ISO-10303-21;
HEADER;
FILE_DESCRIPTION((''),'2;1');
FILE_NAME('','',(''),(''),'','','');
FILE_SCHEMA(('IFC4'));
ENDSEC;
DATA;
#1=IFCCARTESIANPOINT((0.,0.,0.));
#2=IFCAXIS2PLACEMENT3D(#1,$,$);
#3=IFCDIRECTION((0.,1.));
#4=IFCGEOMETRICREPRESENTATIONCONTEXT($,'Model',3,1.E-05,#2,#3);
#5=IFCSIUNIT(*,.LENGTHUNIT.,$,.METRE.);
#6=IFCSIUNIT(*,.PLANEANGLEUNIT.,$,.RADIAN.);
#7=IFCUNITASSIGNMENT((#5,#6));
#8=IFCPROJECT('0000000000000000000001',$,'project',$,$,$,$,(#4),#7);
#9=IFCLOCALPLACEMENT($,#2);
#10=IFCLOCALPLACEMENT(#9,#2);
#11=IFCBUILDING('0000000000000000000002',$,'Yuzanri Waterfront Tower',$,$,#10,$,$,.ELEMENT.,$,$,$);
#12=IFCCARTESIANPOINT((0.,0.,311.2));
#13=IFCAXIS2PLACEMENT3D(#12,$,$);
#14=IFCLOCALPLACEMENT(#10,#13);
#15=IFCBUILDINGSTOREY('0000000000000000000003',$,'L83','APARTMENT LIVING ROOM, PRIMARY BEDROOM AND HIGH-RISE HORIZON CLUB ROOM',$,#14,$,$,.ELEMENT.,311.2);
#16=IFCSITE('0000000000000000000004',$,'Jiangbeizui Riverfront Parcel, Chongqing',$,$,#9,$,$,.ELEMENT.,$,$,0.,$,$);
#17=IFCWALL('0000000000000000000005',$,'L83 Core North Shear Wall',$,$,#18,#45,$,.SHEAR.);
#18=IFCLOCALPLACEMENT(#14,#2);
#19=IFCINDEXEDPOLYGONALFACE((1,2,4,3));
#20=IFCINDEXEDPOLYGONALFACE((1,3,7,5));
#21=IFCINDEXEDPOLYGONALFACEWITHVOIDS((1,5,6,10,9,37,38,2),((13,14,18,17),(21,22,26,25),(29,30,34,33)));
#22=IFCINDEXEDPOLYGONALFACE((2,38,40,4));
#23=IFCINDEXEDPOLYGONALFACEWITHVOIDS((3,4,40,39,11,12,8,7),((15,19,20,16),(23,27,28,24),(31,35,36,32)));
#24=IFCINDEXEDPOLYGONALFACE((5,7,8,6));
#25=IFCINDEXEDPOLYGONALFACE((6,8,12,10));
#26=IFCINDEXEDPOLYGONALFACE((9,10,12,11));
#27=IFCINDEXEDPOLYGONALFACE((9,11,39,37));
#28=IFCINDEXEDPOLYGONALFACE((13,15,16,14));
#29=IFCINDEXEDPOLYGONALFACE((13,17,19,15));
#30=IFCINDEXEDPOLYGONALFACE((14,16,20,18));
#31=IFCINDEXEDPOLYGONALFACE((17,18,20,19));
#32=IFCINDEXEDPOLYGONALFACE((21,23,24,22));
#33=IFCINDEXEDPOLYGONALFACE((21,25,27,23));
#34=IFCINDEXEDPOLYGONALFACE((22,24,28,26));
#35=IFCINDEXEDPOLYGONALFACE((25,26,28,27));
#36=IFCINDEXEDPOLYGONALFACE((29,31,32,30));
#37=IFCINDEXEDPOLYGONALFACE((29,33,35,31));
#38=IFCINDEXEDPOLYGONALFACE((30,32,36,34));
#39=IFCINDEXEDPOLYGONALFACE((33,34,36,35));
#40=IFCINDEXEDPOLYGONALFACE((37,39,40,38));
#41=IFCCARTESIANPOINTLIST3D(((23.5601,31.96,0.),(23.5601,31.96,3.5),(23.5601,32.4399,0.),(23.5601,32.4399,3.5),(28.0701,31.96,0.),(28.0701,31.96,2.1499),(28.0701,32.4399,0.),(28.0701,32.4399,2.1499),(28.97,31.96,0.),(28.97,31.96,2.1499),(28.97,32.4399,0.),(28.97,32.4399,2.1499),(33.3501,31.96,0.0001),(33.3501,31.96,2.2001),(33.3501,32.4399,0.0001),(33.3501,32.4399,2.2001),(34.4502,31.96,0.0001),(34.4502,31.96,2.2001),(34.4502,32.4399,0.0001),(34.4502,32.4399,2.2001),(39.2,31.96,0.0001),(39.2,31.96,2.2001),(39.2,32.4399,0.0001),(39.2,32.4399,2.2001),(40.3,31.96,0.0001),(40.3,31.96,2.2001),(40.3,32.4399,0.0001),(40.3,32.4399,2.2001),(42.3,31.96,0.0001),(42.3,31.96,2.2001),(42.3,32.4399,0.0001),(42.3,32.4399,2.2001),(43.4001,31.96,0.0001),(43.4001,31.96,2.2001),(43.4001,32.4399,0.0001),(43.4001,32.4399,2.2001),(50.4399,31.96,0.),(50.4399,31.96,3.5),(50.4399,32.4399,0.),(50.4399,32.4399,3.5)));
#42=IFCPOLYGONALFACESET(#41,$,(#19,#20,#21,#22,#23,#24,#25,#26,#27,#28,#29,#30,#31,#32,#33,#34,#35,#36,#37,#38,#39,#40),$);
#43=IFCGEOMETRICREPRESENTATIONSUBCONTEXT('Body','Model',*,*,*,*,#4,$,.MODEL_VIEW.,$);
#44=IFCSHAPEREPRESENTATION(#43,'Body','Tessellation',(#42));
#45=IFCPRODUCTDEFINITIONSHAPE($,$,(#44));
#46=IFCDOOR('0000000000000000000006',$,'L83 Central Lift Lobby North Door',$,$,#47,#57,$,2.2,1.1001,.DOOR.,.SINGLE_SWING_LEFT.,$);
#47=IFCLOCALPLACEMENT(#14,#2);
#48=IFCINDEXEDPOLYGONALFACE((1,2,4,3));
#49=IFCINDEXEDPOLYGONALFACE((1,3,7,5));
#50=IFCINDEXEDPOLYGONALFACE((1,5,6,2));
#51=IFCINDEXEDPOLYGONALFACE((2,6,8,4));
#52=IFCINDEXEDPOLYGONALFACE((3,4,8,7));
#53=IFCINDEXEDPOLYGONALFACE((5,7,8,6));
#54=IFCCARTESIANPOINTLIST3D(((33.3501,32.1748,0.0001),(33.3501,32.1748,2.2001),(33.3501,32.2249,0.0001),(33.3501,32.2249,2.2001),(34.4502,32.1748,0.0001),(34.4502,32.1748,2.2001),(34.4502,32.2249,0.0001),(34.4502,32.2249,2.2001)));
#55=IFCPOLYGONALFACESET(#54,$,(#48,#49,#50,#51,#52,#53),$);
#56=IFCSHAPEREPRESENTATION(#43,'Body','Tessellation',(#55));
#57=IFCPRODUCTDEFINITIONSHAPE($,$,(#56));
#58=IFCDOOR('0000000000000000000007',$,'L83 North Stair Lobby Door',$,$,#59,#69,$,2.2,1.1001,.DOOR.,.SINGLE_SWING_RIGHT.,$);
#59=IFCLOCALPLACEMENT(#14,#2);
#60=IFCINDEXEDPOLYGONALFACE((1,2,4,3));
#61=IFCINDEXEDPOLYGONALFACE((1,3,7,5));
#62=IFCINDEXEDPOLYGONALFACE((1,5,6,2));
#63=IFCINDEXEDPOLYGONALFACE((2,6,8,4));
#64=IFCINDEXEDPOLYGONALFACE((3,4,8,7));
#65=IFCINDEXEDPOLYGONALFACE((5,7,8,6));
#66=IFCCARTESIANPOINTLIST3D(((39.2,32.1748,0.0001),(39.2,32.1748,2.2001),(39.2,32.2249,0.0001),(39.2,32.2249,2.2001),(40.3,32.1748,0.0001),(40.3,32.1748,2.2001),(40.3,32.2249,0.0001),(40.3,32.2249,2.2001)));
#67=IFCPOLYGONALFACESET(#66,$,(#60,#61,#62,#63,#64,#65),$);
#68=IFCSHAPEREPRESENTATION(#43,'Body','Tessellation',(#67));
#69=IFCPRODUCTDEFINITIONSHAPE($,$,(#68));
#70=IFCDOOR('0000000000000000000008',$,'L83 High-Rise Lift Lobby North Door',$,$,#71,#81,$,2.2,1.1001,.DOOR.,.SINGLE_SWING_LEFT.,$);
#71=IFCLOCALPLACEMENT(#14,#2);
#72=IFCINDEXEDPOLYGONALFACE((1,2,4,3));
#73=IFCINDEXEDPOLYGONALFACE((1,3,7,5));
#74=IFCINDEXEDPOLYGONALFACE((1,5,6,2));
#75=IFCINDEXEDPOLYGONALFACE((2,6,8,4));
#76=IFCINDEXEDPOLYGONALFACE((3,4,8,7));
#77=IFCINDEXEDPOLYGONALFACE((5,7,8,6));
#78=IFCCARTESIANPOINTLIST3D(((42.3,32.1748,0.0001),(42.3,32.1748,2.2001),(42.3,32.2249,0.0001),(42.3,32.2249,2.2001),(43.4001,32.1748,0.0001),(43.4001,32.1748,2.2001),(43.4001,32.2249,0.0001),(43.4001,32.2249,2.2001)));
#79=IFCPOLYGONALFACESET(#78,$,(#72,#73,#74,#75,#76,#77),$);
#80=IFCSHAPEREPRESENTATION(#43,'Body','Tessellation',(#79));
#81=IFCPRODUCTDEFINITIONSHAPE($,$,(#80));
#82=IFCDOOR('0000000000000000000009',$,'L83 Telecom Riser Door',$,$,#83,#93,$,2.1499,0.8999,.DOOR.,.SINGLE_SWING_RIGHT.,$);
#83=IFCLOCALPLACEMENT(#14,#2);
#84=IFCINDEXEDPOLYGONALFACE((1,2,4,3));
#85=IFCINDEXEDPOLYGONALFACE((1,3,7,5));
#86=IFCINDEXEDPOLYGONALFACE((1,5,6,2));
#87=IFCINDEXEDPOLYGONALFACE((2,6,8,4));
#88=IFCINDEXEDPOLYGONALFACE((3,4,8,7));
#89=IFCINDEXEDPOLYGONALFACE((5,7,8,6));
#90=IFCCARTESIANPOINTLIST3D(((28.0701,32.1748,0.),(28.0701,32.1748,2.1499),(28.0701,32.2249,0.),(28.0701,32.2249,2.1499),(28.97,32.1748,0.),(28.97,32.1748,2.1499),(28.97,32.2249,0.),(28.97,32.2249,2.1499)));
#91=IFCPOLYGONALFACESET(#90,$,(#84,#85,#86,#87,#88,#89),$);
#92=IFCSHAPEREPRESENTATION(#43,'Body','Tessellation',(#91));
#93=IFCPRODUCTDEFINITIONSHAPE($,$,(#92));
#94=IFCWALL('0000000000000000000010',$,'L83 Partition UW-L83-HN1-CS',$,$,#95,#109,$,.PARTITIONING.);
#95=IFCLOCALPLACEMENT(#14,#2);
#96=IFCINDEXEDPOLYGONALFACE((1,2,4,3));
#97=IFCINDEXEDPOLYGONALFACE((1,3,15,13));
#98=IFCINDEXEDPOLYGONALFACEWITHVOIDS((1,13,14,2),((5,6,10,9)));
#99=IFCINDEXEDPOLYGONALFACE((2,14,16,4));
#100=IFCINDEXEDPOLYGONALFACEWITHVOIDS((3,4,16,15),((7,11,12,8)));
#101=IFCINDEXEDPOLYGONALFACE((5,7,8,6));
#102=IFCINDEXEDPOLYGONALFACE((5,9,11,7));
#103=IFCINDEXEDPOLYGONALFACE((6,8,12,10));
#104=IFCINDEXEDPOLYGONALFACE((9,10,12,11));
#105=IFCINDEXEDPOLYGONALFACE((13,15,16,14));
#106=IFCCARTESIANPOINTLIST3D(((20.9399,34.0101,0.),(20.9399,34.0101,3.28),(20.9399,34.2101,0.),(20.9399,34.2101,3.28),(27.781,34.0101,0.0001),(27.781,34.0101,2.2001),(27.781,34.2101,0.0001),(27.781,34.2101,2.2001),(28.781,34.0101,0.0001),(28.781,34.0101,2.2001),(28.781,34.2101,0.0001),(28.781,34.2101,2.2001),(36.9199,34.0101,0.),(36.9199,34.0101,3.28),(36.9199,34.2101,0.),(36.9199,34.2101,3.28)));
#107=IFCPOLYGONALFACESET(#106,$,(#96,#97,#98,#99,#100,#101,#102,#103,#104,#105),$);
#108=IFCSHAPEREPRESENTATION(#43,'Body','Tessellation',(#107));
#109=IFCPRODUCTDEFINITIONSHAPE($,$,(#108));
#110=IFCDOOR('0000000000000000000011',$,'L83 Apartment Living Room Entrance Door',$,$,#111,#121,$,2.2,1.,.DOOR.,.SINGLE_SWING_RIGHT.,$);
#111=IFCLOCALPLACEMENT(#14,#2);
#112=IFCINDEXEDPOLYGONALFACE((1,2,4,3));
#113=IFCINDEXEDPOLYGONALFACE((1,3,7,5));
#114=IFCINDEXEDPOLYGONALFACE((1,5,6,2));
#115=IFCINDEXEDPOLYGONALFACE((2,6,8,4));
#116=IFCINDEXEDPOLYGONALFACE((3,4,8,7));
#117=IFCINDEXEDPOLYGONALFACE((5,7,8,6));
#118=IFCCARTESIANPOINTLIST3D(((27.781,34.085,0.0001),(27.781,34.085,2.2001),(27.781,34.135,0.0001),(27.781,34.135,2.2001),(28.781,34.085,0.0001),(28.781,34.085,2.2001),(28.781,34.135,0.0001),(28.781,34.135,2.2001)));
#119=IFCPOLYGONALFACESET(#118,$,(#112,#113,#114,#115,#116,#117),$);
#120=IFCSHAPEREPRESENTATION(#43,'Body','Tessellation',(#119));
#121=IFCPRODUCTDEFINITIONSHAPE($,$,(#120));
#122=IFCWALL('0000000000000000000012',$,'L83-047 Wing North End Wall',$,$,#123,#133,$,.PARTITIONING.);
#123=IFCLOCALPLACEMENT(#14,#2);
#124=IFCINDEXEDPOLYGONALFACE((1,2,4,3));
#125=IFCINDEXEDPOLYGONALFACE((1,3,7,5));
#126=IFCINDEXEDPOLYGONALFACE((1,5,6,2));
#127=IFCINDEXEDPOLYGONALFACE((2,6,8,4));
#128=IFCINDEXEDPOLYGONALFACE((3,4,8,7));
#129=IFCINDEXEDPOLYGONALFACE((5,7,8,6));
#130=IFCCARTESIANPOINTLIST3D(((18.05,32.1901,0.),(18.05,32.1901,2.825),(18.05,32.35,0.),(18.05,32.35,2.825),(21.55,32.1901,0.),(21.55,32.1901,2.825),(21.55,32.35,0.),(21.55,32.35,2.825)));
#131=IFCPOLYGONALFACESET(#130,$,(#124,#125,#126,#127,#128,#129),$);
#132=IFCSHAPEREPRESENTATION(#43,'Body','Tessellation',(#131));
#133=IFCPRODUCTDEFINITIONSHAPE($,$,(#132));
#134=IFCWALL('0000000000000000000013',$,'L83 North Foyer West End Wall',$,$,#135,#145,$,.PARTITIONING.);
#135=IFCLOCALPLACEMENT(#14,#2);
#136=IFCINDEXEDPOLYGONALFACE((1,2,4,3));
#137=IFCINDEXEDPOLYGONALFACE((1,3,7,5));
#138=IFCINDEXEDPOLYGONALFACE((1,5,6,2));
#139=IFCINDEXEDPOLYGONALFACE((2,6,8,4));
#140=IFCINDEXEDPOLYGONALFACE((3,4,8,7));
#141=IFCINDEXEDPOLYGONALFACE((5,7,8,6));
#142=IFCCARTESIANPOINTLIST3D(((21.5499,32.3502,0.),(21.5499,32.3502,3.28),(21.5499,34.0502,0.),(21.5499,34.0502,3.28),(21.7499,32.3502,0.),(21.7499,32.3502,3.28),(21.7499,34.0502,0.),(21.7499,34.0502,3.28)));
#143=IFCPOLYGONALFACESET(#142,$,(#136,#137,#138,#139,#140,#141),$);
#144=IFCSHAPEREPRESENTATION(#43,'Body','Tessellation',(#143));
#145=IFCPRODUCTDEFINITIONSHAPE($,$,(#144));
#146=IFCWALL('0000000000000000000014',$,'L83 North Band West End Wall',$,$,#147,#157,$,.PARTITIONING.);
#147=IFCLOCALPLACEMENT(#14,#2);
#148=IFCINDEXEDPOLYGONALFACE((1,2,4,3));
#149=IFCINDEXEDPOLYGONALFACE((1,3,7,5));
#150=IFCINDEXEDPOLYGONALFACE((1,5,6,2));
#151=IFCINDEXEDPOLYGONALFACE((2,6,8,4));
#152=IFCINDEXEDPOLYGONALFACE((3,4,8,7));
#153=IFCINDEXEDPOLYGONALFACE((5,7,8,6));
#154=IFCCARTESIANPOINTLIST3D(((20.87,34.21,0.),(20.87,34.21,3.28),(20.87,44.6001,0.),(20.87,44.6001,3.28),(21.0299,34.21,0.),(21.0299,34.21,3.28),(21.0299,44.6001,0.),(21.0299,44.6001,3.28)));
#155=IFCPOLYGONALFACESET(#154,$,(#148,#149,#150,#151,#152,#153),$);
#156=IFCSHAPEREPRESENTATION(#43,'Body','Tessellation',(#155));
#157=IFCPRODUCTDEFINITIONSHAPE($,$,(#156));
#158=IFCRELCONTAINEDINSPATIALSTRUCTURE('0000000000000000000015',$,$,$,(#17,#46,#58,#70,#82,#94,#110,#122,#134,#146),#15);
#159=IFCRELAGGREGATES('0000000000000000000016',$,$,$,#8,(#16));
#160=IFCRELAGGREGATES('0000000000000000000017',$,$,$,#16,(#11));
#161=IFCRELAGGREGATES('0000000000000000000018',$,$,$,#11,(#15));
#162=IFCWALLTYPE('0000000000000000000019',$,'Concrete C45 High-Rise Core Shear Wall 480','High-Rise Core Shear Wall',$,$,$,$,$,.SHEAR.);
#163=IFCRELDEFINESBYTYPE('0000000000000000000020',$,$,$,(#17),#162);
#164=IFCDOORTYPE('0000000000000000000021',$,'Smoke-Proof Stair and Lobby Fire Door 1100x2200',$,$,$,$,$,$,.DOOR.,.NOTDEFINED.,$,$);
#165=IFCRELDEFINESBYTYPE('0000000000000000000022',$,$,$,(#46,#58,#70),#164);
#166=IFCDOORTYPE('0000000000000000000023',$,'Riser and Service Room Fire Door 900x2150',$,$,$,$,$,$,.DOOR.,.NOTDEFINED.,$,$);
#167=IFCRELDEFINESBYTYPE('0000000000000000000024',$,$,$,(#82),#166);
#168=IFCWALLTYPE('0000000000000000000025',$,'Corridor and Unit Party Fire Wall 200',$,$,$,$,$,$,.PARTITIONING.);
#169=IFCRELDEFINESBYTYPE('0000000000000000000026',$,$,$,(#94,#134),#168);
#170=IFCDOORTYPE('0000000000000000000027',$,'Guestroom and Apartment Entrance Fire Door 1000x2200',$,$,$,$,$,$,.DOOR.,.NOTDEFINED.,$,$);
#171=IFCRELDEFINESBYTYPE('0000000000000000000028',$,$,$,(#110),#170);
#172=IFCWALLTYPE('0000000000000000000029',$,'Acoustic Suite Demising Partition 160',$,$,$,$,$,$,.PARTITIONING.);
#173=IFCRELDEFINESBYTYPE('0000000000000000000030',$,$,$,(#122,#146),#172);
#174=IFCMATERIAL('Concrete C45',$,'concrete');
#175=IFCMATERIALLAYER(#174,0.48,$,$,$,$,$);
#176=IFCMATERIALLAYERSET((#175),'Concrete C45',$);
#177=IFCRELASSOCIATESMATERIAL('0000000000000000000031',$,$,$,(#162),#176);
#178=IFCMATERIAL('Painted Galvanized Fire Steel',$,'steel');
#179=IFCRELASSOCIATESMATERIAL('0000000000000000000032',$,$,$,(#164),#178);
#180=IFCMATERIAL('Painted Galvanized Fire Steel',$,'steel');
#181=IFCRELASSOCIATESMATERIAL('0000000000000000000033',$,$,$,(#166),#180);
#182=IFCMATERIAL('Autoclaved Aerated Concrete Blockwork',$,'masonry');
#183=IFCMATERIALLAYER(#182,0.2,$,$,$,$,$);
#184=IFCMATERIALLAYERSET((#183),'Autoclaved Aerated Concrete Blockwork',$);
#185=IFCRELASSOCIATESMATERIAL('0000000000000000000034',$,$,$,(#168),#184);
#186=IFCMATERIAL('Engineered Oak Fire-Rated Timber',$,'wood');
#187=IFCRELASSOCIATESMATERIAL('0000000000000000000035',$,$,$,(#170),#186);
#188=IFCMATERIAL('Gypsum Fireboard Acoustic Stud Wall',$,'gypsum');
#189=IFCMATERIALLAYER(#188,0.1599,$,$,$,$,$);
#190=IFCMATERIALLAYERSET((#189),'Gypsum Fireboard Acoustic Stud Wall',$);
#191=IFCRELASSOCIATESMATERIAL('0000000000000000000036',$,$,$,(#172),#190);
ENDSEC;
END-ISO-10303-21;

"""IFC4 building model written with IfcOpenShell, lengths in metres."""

from ifc_helpers import new_model, si_unit, direction, frame, frame_2d, origin, place, context, subcontext, project, spatial, rectangle, extrude, source, transform, mapped, material, layer, layer_set, type_object, element, fill, save


model = new_model("IFC4")

# Units and contexts
model_context = context("Model", 3, precision=1e-05, world=origin(), true_north=direction((0.0, 1.0)))
body_context = subcontext(model_context, "Body", "Model", "MODEL_VIEW")
ifc_project = project(units=[si_unit("LENGTHUNIT", "METRE"), si_unit("PLANEANGLEUNIT", "RADIAN")], contexts=[model_context])

# Site, building, storey
site_placement = place(None, origin())
site = spatial("IfcSite", under=ifc_project, at=site_placement, Name="Jiangbeizui Riverfront Parcel, Chongqing", CompositionType="ELEMENT", RefElevation=0.0)
building_placement = place(site_placement, origin())
building = spatial("IfcBuilding", under=site, at=building_placement, Name="Yuzanri Waterfront Tower", CompositionType="ELEMENT")
storey_placement = place(building_placement, frame((0.0, 0.0, 311.2)))
storey = spatial("IfcBuildingStorey", under=building, at=storey_placement, Name="L83", Description="APARTMENT LIVING ROOM, PRIMARY BEDROOM AND HIGH-RISE HORIZON CLUB ROOM", CompositionType="ELEMENT", Elevation=311.2)

# Wall, openings, doors
ifc_material_1 = material(Name="Concrete C45", Category="concrete")
ifc_layer_1 = layer(ifc_material_1, 0.48)
ifc_layer_set_1 = layer_set([ifc_layer_1], Name="Concrete C45")
wall_type_1 = type_object("IfcWallType", Name="Concrete C45 High-Rise Core Shear Wall 480", Description="High-Rise Core Shear Wall", PredefinedType="SHEAR", material=ifc_layer_set_1)
wall_1_placement = place(storey_placement, frame((23.5601, 32.2, 0.0), z_axis=(0.0, 0.0, 1.0), x_axis=(1.0, 0.0, 0.0)))
wall_1 = element("IfcWall", 1, at=wall_1_placement, inside=storey, type_object=wall_type_1, Name="L83 Core North Shear Wall", PredefinedType="SHEAR", context=body_context, shape_type="SweptSolid", body=[
    extrude(rectangle(XDim=26.8799, YDim=0.48, at=frame_2d((13.4399, 0.0))), origin(), (0.0, 0.0, 1.0), 3.5),
])
opening_1_placement = place(wall_1_placement, frame((4.51, 0.0, 0.0)))
opening_1 = element("IfcOpeningElement", 2, at=opening_1_placement, cuts=wall_1, PredefinedType="OPENING", context=body_context, shape_type="SweptSolid", body=[
    extrude(rectangle(XDim=0.8999, YDim=2.1499, at=frame_2d((0.45, 1.075))), frame((0.0, 0.2549, 0.0), z_axis=(0.0, -1.0, 0.0), x_axis=(1.0, 0.0, 0.0)), (0.0, 0.0, 1.0), 0.5098),
])
opening_2_placement = place(wall_1_placement, frame((9.79, 0.0, 0.0)))
opening_2 = element("IfcOpeningElement", 3, at=opening_2_placement, cuts=wall_1, PredefinedType="OPENING", context=body_context, shape_type="SweptSolid", body=[
    extrude(rectangle(XDim=1.1001, YDim=2.2, at=frame_2d((0.55, 1.1001))), frame((0.0, 0.2549, 0.0), z_axis=(0.0, -1.0, 0.0), x_axis=(1.0, 0.0, 0.0)), (0.0, 0.0, 1.0), 0.5098),
])
opening_3_placement = place(wall_1_placement, frame((15.6399, 0.0, 0.0)))
opening_3 = element("IfcOpeningElement", 4, at=opening_3_placement, cuts=wall_1, PredefinedType="OPENING", context=body_context, shape_type="SweptSolid", body=[
    extrude(rectangle(XDim=1.1001, YDim=2.2, at=frame_2d((0.55, 1.1001))), frame((0.0, 0.2549, 0.0), z_axis=(0.0, -1.0, 0.0), x_axis=(1.0, 0.0, 0.0)), (0.0, 0.0, 1.0), 0.5098),
])
opening_4_placement = place(wall_1_placement, frame((18.74, 0.0, 0.0)))
opening_4 = element("IfcOpeningElement", 5, at=opening_4_placement, cuts=wall_1, PredefinedType="OPENING", context=body_context, shape_type="SweptSolid", body=[
    extrude(rectangle(XDim=1.1001, YDim=2.2, at=frame_2d((0.55, 1.1001))), frame((0.0, 0.2549, 0.0), z_axis=(0.0, -1.0, 0.0), x_axis=(1.0, 0.0, 0.0)), (0.0, 0.0, 1.0), 0.5098),
])
ifc_material_2 = material(Name="Painted Galvanized Fire Steel", Category="steel")
door_type_1 = type_object("IfcDoorType", Name="Smoke-Proof Stair and Lobby Fire Door 1100x2200", OperationType="NOTDEFINED", PredefinedType="DOOR", material=ifc_material_2)
shared_shape_1 = source(origin(), body_context, "Body", "SweptSolid", [
    extrude(rectangle(XDim=1.1001, YDim=2.2, at=frame_2d((0.55, 1.1001))), frame((0.0, 0.0249, 0.0), z_axis=(0.0, -1.0, 0.0), x_axis=(1.0, 0.0, 0.0)), (0.0, 0.0, 1.0), 0.05),
])
door_1_placement = place(opening_2_placement, origin())
door_1 = element("IfcDoor", 6, at=door_1_placement, inside=storey, type_object=door_type_1, Name="L83 Central Lift Lobby North Door", OperationType="SINGLE_SWING_LEFT", OverallHeight=2.2, OverallWidth=1.1001, PredefinedType="DOOR", context=body_context, shape_type="MappedRepresentation", body=[
    mapped(shared_shape_1, transform((0.0, 0.0, 0.0), scale=1.0)),
])
fill(opening_2, door_1)
door_2_placement = place(opening_3_placement, origin())
door_2 = element("IfcDoor", 7, at=door_2_placement, inside=storey, type_object=door_type_1, Name="L83 North Stair Lobby Door", OperationType="SINGLE_SWING_RIGHT", OverallHeight=2.2, OverallWidth=1.1001, PredefinedType="DOOR", context=body_context, shape_type="MappedRepresentation", body=[
    mapped(shared_shape_1, transform((0.0, 0.0, 0.0), scale=1.0)),
])
fill(opening_3, door_2)
door_3_placement = place(opening_4_placement, origin())
door_3 = element("IfcDoor", 8, at=door_3_placement, inside=storey, type_object=door_type_1, Name="L83 High-Rise Lift Lobby North Door", OperationType="SINGLE_SWING_LEFT", OverallHeight=2.2, OverallWidth=1.1001, PredefinedType="DOOR", context=body_context, shape_type="MappedRepresentation", body=[
    mapped(shared_shape_1, transform((0.0, 0.0, 0.0), scale=1.0)),
])
fill(opening_4, door_3)
ifc_material_3 = material(Name="Painted Galvanized Fire Steel", Category="steel")
door_type_2 = type_object("IfcDoorType", Name="Riser and Service Room Fire Door 900x2150", OperationType="NOTDEFINED", PredefinedType="DOOR", material=ifc_material_3)
shared_shape_2 = source(origin(), body_context, "Body", "SweptSolid", [
    extrude(rectangle(XDim=0.8999, YDim=2.1499, at=frame_2d((0.45, 1.075))), frame((0.0, 0.0249, 0.0), z_axis=(0.0, -1.0, 0.0), x_axis=(1.0, 0.0, 0.0)), (0.0, 0.0, 1.0), 0.05),
])
door_4_placement = place(opening_1_placement, origin())
door_4 = element("IfcDoor", 9, at=door_4_placement, inside=storey, type_object=door_type_2, Name="L83 Telecom Riser Door", OperationType="SINGLE_SWING_RIGHT", OverallHeight=2.1499, OverallWidth=0.8999, PredefinedType="DOOR", context=body_context, shape_type="MappedRepresentation", body=[
    mapped(shared_shape_2, transform((0.0, 0.0, 0.0), scale=1.0)),
])
fill(opening_1, door_4)

# Wall, opening, door
ifc_material_4 = material(Name="Autoclaved Aerated Concrete Blockwork", Category="masonry")
ifc_layer_2 = layer(ifc_material_4, 0.2)
ifc_layer_set_2 = layer_set([ifc_layer_2], Name="Autoclaved Aerated Concrete Blockwork")
wall_type_2 = type_object("IfcWallType", Name="Corridor and Unit Party Fire Wall 200", PredefinedType="PARTITIONING", material=ifc_layer_set_2)
wall_2_placement = place(storey_placement, frame((20.9399, 34.1101, 0.0), z_axis=(0.0, 0.0, 1.0), x_axis=(1.0, 0.0, 0.0)))
wall_2 = element("IfcWall", 10, at=wall_2_placement, inside=storey, type_object=wall_type_2, Name="L83 Partition UW-L83-HN1-CS", PredefinedType="PARTITIONING", context=body_context, shape_type="SweptSolid", body=[
    extrude(rectangle(XDim=15.98, YDim=0.2, at=frame_2d((7.99, 0.0))), origin(), (0.0, 0.0, 1.0), 3.28),
])
opening_5_placement = place(wall_2_placement, frame((6.8411, 0.0, 0.0)))
opening_5 = element("IfcOpeningElement", 11, at=opening_5_placement, cuts=wall_2, PredefinedType="OPENING", context=body_context, shape_type="SweptSolid", body=[
    extrude(rectangle(XDim=1.0, YDim=2.2, at=frame_2d((0.5, 1.1001))), frame((0.0, 0.1147, 0.0), z_axis=(0.0, -1.0, 0.0), x_axis=(1.0, 0.0, 0.0)), (0.0, 0.0, 1.0), 0.2297),
])
ifc_material_5 = material(Name="Engineered Oak Fire-Rated Timber", Category="wood")
door_type_3 = type_object("IfcDoorType", Name="Guestroom and Apartment Entrance Fire Door 1000x2200", OperationType="NOTDEFINED", PredefinedType="DOOR", material=ifc_material_5)
shared_shape_3 = source(origin(), body_context, "Body", "SweptSolid", [
    extrude(rectangle(XDim=1.0, YDim=2.2, at=frame_2d((0.5, 1.1001))), frame((0.0, 0.0249, 0.0), z_axis=(0.0, -1.0, 0.0), x_axis=(1.0, 0.0, 0.0)), (0.0, 0.0, 1.0), 0.05),
])
door_5_placement = place(opening_5_placement, origin())
door_5 = element("IfcDoor", 12, at=door_5_placement, inside=storey, type_object=door_type_3, Name="L83 Apartment Living Room Entrance Door", OperationType="SINGLE_SWING_RIGHT", OverallHeight=2.2, OverallWidth=1.0, PredefinedType="DOOR", context=body_context, shape_type="MappedRepresentation", body=[
    mapped(shared_shape_3, transform((0.0, 0.0, 0.0), scale=1.0)),
])
fill(opening_5, door_5)

# Walls
ifc_material_6 = material(Name="Gypsum Fireboard Acoustic Stud Wall", Category="gypsum")
ifc_layer_3 = layer(ifc_material_6, 0.1599)
ifc_layer_set_3 = layer_set([ifc_layer_3], Name="Gypsum Fireboard Acoustic Stud Wall")
wall_type_3 = type_object("IfcWallType", Name="Acoustic Suite Demising Partition 160", PredefinedType="PARTITIONING", material=ifc_layer_set_3)
shared_shape_4 = source(origin(), body_context, "Body", "SweptSolid", [
    extrude(rectangle(XDim=3.5, YDim=0.1599, at=frame_2d((1.75, 0.0))), origin(), (0.0, 0.0, 1.0), 2.825),
])
wall_3_placement = place(storey_placement, frame((18.05, 32.27, 0.0), z_axis=(0.0, 0.0, 1.0), x_axis=(1.0, 0.0, 0.0)))
element("IfcWall", 13, at=wall_3_placement, inside=storey, type_object=wall_type_3, Name="L83-047 Wing North End Wall", PredefinedType="PARTITIONING", context=body_context, shape_type="MappedRepresentation", body=[
    mapped(shared_shape_4, transform((0.0, 0.0, 0.0), scale=1.0)),
])
shared_shape_5 = source(origin(), body_context, "Body", "SweptSolid", [
    extrude(rectangle(XDim=1.7, YDim=0.2, at=frame_2d((0.8501, 0.0))), origin(), (0.0, 0.0, 1.0), 3.28),
])
wall_4_placement = place(storey_placement, frame((21.6499, 32.3501, 0.0), z_axis=(0.0, 0.0, 1.0), x_axis=(0.0, 1.0, 0.0)))
element("IfcWall", 14, at=wall_4_placement, inside=storey, type_object=wall_type_2, Name="L83 North Foyer West End Wall", PredefinedType="PARTITIONING", context=body_context, shape_type="MappedRepresentation", body=[
    mapped(shared_shape_5, transform((0.0, 0.0, 0.0), scale=1.0)),
])
shared_shape_6 = source(origin(), body_context, "Body", "SweptSolid", [
    extrude(rectangle(XDim=10.3901, YDim=0.1599, at=frame_2d((5.1951, 0.0))), origin(), (0.0, 0.0, 1.0), 3.28),
])
wall_5_placement = place(storey_placement, frame((20.95, 34.21, 0.0), z_axis=(0.0, 0.0, 1.0), x_axis=(0.0, 1.0, 0.0)))
element("IfcWall", 15, at=wall_5_placement, inside=storey, type_object=wall_type_3, Name="L83 North Band West End Wall", PredefinedType="PARTITIONING", context=body_context, shape_type="MappedRepresentation", body=[
    mapped(shared_shape_6, transform((0.0, 0.0, 0.0), scale=1.0)),
])

save(model, "model.ifc")
